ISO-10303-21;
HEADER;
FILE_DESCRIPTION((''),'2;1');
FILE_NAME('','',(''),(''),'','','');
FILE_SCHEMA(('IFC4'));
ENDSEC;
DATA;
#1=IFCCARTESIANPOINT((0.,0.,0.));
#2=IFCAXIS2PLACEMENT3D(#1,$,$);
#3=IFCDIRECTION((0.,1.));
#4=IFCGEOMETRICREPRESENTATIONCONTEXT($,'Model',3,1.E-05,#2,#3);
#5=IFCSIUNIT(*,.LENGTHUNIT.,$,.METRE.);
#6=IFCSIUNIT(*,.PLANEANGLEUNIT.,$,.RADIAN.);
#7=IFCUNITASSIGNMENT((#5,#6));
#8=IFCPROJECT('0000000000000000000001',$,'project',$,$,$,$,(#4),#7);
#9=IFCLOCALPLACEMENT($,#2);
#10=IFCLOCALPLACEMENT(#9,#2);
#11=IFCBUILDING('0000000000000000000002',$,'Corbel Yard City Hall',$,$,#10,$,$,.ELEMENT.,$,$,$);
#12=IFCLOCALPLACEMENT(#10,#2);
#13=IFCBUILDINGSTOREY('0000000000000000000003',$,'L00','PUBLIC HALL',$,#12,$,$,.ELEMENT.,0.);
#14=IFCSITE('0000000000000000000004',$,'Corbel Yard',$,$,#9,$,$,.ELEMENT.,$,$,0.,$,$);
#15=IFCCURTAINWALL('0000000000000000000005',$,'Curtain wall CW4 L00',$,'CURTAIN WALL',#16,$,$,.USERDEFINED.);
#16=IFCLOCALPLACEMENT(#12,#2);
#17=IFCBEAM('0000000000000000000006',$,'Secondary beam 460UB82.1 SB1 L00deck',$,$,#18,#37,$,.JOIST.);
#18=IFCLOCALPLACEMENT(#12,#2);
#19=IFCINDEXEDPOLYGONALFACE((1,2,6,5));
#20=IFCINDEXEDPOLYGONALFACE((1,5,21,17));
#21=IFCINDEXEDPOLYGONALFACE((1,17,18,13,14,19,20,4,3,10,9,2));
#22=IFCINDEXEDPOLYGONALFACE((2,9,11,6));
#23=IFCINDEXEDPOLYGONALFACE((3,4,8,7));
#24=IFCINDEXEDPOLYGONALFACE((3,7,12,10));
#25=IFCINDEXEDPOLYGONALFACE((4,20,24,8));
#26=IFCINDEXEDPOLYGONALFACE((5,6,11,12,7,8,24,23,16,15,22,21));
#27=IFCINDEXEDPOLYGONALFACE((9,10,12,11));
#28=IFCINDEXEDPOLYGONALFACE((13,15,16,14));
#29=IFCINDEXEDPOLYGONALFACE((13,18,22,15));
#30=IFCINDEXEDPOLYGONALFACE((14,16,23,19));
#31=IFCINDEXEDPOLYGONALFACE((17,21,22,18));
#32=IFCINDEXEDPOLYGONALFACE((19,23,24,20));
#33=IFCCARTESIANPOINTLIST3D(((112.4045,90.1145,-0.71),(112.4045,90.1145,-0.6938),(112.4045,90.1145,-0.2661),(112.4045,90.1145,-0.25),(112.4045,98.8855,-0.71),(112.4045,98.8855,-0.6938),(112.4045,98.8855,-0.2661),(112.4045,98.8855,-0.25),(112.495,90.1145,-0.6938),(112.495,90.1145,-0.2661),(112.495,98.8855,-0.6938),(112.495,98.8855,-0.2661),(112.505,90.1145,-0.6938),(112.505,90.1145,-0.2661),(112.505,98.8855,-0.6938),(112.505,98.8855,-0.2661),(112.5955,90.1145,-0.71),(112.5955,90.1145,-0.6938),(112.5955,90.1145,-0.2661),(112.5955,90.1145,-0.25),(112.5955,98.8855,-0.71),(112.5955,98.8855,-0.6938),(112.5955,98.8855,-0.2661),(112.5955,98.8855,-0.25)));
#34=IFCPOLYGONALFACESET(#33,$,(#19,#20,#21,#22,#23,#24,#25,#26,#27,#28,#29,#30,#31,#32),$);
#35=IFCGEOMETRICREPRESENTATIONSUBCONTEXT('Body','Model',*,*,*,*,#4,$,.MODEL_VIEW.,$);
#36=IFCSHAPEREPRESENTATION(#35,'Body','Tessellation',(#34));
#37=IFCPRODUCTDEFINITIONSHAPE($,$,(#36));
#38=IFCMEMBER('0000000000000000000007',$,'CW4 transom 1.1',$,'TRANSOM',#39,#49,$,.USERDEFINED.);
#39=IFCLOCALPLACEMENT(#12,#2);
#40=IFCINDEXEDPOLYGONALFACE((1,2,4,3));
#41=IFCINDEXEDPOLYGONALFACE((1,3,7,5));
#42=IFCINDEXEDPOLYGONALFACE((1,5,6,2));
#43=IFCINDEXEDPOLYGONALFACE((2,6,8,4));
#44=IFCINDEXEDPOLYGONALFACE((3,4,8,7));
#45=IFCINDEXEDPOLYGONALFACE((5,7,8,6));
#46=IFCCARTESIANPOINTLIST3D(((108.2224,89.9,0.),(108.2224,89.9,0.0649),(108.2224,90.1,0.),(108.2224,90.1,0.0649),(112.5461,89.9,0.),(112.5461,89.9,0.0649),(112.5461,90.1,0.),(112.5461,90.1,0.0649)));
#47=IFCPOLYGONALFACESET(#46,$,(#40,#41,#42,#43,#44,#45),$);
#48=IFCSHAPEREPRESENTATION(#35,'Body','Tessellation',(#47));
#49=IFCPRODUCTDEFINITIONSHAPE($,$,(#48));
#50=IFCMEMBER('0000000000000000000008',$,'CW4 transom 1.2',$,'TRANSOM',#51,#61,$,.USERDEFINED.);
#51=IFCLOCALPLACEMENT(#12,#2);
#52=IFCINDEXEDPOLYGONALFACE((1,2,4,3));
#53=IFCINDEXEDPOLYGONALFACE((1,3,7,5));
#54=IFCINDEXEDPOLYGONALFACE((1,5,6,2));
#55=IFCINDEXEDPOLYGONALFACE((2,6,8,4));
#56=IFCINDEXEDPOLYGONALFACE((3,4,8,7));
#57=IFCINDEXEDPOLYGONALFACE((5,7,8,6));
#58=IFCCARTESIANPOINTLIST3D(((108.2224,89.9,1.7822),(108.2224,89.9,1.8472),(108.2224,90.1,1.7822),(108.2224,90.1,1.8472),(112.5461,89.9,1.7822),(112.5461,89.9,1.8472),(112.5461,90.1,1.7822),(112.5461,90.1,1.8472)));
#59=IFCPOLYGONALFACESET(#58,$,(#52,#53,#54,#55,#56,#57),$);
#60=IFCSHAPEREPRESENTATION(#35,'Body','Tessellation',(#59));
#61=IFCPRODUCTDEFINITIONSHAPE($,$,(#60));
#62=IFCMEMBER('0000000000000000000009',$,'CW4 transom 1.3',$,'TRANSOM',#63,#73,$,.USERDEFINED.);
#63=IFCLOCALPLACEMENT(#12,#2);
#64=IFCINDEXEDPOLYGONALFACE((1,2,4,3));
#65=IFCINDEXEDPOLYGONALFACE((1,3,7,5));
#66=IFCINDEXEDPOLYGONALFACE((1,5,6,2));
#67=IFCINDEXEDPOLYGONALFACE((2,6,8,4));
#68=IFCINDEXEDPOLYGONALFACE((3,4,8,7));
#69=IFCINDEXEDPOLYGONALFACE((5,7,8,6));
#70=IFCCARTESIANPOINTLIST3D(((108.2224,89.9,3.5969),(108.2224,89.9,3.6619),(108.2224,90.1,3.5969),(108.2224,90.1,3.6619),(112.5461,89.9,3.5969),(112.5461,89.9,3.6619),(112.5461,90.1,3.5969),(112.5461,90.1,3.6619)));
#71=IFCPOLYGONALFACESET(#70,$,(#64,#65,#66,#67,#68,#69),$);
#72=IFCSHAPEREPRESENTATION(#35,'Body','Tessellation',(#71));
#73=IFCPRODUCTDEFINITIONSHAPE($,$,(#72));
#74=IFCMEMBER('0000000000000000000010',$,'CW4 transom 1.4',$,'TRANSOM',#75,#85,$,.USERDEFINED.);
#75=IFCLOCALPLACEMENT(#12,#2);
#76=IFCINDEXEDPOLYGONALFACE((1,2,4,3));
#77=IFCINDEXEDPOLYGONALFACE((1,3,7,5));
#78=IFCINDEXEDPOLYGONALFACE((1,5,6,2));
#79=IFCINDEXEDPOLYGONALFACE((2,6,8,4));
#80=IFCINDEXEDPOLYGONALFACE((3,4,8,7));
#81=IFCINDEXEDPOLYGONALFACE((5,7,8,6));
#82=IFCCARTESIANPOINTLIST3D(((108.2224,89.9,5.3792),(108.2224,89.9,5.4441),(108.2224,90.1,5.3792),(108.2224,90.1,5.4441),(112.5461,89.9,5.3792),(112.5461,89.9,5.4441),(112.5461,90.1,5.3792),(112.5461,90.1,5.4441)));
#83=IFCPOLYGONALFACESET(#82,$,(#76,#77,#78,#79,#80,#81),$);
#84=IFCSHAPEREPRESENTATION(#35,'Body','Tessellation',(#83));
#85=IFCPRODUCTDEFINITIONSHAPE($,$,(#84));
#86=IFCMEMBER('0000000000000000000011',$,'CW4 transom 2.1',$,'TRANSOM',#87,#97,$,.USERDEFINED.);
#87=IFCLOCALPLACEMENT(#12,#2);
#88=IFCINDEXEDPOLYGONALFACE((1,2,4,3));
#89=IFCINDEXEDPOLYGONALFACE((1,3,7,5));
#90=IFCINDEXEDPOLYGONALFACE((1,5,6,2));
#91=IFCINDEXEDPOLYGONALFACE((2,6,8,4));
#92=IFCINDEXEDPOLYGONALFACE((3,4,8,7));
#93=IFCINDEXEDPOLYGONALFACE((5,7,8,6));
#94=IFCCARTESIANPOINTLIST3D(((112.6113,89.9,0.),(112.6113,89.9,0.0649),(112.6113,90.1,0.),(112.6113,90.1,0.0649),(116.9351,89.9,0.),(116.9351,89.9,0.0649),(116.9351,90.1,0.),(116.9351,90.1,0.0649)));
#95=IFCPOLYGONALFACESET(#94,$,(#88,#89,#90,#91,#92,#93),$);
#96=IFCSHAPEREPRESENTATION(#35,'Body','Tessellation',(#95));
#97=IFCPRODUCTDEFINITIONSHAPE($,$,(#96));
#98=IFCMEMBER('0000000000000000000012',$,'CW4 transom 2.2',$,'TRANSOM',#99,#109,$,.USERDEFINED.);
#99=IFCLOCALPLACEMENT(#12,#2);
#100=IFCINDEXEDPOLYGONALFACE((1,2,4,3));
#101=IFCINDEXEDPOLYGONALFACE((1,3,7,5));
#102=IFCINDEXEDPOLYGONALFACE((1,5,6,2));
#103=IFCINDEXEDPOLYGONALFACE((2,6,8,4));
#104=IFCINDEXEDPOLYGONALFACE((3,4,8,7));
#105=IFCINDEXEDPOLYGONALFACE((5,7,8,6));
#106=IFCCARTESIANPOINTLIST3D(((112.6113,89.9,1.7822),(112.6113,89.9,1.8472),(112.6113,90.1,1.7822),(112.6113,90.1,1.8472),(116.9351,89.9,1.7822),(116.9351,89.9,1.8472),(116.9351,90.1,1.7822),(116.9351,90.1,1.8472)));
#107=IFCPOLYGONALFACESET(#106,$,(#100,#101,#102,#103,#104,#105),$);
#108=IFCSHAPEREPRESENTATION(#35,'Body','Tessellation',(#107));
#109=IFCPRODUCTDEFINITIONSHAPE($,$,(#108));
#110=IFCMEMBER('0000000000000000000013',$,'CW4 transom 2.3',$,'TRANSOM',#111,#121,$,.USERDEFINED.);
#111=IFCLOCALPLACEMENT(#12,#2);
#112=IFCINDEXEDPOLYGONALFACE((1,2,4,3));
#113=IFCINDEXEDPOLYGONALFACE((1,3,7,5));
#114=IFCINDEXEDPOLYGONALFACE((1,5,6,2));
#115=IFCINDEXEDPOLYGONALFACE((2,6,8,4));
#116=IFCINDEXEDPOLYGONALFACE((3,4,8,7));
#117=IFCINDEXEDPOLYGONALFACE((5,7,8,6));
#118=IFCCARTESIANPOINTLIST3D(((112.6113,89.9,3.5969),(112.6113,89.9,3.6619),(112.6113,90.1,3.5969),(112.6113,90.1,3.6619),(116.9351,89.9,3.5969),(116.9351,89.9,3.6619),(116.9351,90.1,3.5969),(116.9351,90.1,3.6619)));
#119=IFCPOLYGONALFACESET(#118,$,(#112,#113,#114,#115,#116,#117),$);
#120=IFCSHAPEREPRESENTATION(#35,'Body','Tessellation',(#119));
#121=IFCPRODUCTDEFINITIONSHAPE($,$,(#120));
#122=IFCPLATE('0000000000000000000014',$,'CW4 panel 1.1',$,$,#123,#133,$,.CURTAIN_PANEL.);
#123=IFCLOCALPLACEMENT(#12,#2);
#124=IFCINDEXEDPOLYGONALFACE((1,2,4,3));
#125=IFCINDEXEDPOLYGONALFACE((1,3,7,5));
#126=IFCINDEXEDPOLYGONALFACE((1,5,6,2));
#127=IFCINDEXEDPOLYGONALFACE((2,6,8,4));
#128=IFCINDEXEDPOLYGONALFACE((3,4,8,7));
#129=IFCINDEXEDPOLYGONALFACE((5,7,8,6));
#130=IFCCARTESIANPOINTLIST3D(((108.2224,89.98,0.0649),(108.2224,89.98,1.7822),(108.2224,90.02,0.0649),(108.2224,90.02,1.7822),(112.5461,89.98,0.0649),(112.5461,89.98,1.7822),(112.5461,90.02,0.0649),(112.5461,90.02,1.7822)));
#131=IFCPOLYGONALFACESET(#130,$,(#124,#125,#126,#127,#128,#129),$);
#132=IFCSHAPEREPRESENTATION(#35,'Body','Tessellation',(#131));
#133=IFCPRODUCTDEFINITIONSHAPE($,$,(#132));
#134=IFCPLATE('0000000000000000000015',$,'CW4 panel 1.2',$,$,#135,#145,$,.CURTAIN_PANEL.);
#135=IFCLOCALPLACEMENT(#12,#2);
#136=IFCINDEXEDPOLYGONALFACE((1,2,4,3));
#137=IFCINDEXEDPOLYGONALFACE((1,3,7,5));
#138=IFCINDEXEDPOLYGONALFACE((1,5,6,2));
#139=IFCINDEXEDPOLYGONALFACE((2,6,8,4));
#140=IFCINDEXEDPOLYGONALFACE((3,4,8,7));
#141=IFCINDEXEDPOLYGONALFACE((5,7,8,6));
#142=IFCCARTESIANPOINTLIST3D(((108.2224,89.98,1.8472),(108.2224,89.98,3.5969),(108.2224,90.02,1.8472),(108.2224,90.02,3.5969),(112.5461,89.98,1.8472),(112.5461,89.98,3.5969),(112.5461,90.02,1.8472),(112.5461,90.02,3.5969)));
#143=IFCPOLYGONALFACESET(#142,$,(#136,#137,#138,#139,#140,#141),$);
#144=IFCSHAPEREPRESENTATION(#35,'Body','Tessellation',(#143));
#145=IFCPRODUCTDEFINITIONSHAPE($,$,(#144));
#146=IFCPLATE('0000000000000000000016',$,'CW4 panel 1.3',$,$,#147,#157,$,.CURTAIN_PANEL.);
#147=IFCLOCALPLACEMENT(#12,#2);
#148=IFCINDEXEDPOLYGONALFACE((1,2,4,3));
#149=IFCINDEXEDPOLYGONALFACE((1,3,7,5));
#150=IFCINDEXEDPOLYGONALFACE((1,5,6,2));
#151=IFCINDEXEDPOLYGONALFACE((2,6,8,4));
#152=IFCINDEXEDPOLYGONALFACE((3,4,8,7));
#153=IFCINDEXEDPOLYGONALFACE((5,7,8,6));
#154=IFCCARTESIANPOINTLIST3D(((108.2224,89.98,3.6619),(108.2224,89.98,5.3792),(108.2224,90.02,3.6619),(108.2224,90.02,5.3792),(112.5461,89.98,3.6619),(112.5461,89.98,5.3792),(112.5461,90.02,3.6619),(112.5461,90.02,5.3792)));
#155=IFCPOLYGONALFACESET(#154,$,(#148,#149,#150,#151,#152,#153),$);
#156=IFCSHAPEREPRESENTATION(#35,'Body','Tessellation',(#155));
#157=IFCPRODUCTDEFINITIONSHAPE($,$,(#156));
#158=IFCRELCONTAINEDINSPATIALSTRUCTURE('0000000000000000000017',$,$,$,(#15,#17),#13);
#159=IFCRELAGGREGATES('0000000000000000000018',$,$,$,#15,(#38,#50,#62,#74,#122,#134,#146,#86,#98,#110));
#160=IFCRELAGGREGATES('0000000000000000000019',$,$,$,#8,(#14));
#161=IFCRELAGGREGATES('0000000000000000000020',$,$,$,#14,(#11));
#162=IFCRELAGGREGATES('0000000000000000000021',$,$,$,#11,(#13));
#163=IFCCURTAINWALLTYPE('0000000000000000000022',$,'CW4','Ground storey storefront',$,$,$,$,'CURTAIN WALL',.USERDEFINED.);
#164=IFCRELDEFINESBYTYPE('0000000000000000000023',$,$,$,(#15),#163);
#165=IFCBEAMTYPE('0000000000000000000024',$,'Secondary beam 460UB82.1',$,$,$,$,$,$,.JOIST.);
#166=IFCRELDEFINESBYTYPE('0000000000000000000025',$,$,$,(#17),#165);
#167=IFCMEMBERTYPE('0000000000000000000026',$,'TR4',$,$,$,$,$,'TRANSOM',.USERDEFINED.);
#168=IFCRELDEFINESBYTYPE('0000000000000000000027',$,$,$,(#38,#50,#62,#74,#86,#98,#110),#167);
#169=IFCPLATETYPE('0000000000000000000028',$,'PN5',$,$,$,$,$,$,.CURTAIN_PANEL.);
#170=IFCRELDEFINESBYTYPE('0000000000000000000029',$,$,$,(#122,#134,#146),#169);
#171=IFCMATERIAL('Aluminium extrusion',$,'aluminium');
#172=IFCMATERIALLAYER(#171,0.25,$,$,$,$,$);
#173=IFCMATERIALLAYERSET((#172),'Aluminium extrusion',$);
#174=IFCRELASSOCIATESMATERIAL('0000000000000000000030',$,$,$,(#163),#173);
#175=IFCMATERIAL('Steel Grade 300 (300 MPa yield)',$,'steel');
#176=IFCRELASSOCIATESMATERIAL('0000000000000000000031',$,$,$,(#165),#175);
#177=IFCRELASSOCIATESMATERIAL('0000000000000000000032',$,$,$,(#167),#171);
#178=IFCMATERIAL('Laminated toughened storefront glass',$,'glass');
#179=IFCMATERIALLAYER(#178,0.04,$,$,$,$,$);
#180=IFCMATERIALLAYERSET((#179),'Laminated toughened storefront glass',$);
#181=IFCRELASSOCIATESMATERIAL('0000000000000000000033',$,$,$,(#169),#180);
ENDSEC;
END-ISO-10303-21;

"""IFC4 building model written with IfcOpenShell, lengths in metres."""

from ifc_helpers import new_model, si_unit, direction, frame, origin, origin_2d, place, context, subcontext, project, spatial, rectangle, i_section, extrude, material, layer, layer_set, material_profile, profile_set, type_object, element, aggregate, save


model = new_model("IFC4")

# Units and contexts
model_context = context("Model", 3, precision=1e-05, world=origin(), true_north=direction((0.0, 1.0)))
body_context = subcontext(model_context, "Body", "Model", "MODEL_VIEW")
ifc_project = project(units=[si_unit("LENGTHUNIT", "METRE"), si_unit("PLANEANGLEUNIT", "RADIAN")], contexts=[model_context])

# Site, building, storey
site_placement = place(None, origin())
site = spatial("IfcSite", under=ifc_project, at=site_placement, Name="Corbel Yard", CompositionType="ELEMENT", RefElevation=0.0)
building_placement = place(site_placement, origin())
building = spatial("IfcBuilding", under=site, at=building_placement, Name="Corbel Yard City Hall", CompositionType="ELEMENT")
storey_placement = place(building_placement, origin())
storey = spatial("IfcBuildingStorey", under=building, at=storey_placement, Name="L00", Description="PUBLIC HALL", CompositionType="ELEMENT", Elevation=0.0)

# Shared definitions
ifc_material_1 = material(Name="Steel Grade 300 (300 MPa yield)", Category="steel")

# Shared definitions
ifc_material_2 = material(Name="Aluminium extrusion", Category="aluminium")
ifc_layer_1 = layer(ifc_material_2, 0.25)
ifc_layer_set_1 = layer_set([ifc_layer_1], Name="Aluminium extrusion")
curtain_wall_type = type_object("IfcCurtainWallType", Name="CW4", Description="Ground storey storefront", ElementType="CURTAIN WALL", PredefinedType="USERDEFINED", material=ifc_layer_set_1)

# Curtain wall
curtain_wall_1_placement = place(storey_placement, origin())
curtain_wall_1 = element("IfcCurtainWall", 1, at=curtain_wall_1_placement, inside=storey, type_object=curtain_wall_type, Name="Curtain wall CW4 L00", ObjectType="CURTAIN WALL", PredefinedType="USERDEFINED")

# Beam
ifc_material_profile_1 = material_profile(ifc_material_1, i_section(OverallWidth=0.1909, OverallDepth=0.46, WebThickness=0.01, FlangeThickness=0.0161, at=origin_2d()), Name="460UB82.1")
ifc_profile_set_1 = profile_set([ifc_material_profile_1], Name="Steel Grade 300 (300 MPa yield)")
beam_type_1 = type_object("IfcBeamType", Name="Secondary beam 460UB82.1", PredefinedType="JOIST", material=ifc_profile_set_1)
for number, where, z_axis, x_axis, name in (
    (2, (112.5, 90.1145, -0.48), (0.0, 1.0, 0.0), (-1.0, 0.0, 0.0), "Secondary beam 460UB82.1 SB1 L00deck"),
):
    element("IfcBeam", number, at=place(storey_placement, frame(where, z_axis=z_axis, x_axis=x_axis)), inside=storey, type_object=beam_type_1, Name=name, PredefinedType="JOIST", context=body_context, shape_type="SweptSolid", body=[
        extrude(i_section(OverallWidth=0.1909, OverallDepth=0.46, WebThickness=0.01, FlangeThickness=0.0161, at=origin_2d()), origin(), (0.0, 0.0, 1.0), 8.771),
    ])

# Members
ifc_material_profile_2 = material_profile(ifc_material_2, rectangle(XDim=0.2, YDim=0.0649, at=origin_2d()), Name="200x65")
ifc_profile_set_2 = profile_set([ifc_material_profile_2], Name="Aluminium extrusion")
member_type_1 = type_object("IfcMemberType", Name="TR4", ElementType="TRANSOM", PredefinedType="USERDEFINED", material=ifc_profile_set_2)
member_1_placement = place(storey_placement, frame((108.2224, 90.0, 0.0325), z_axis=(1.0, 0.0, 0.0), x_axis=(0.0, 1.0, 0.0)))
member_1 = element("IfcMember", 3, at=member_1_placement, type_object=member_type_1, Name="CW4 transom 1.1", ObjectType="TRANSOM", PredefinedType="USERDEFINED", context=body_context, shape_type="SweptSolid", body=[
    extrude(rectangle(XDim=0.2, YDim=0.0649, at=origin_2d()), origin(), (0.0, 0.0, 1.0), 4.3237),
])
member_2_placement = place(storey_placement, frame((108.2224, 90.0, 1.8147), z_axis=(1.0, 0.0, 0.0), x_axis=(0.0, 1.0, 0.0)))
member_2 = element("IfcMember", 4, at=member_2_placement, type_object=member_type_1, Name="CW4 transom 1.2", ObjectType="TRANSOM", PredefinedType="USERDEFINED", context=body_context, shape_type="SweptSolid", body=[
    extrude(rectangle(XDim=0.2, YDim=0.0649, at=origin_2d()), origin(), (0.0, 0.0, 1.0), 4.3237),
])
member_3_placement = place(storey_placement, frame((108.2224, 90.0, 3.6294), z_axis=(1.0, 0.0, 0.0), x_axis=(0.0, 1.0, 0.0)))
member_3 = element("IfcMember", 5, at=member_3_placement, type_object=member_type_1, Name="CW4 transom 1.3", ObjectType="TRANSOM", PredefinedType="USERDEFINED", context=body_context, shape_type="SweptSolid", body=[
    extrude(rectangle(XDim=0.2, YDim=0.0649, at=origin_2d()), origin(), (0.0, 0.0, 1.0), 4.3237),
])
member_4_placement = place(storey_placement, frame((108.2224, 90.0, 5.4116), z_axis=(1.0, 0.0, 0.0), x_axis=(0.0, 1.0, 0.0)))
member_4 = element("IfcMember", 6, at=member_4_placement, type_object=member_type_1, Name="CW4 transom 1.4", ObjectType="TRANSOM", PredefinedType="USERDEFINED", context=body_context, shape_type="SweptSolid", body=[
    extrude(rectangle(XDim=0.2, YDim=0.0649, at=origin_2d()), origin(), (0.0, 0.0, 1.0), 4.3237),
])
member_5_placement = place(storey_placement, frame((112.6113, 90.0, 0.0325), z_axis=(1.0, 0.0, 0.0), x_axis=(0.0, 1.0, 0.0)))
member_5 = element("IfcMember", 7, at=member_5_placement, type_object=member_type_1, Name="CW4 transom 2.1", ObjectType="TRANSOM", PredefinedType="USERDEFINED", context=body_context, shape_type="SweptSolid", body=[
    extrude(rectangle(XDim=0.2, YDim=0.0649, at=origin_2d()), origin(), (0.0, 0.0, 1.0), 4.3237),
])
member_6_placement = place(storey_placement, frame((112.6113, 90.0, 1.8147), z_axis=(1.0, 0.0, 0.0), x_axis=(0.0, 1.0, 0.0)))
member_6 = element("IfcMember", 8, at=member_6_placement, type_object=member_type_1, Name="CW4 transom 2.2", ObjectType="TRANSOM", PredefinedType="USERDEFINED", context=body_context, shape_type="SweptSolid", body=[
    extrude(rectangle(XDim=0.2, YDim=0.0649, at=origin_2d()), origin(), (0.0, 0.0, 1.0), 4.3237),
])
member_7_placement = place(storey_placement, frame((112.6113, 90.0, 3.6294), z_axis=(1.0, 0.0, 0.0), x_axis=(0.0, 1.0, 0.0)))
member_7 = element("IfcMember", 9, at=member_7_placement, type_object=member_type_1, Name="CW4 transom 2.3", ObjectType="TRANSOM", PredefinedType="USERDEFINED", context=body_context, shape_type="SweptSolid", body=[
    extrude(rectangle(XDim=0.2, YDim=0.0649, at=origin_2d()), origin(), (0.0, 0.0, 1.0), 4.3237),
])

# Plates
ifc_material_3 = material(Name="Laminated toughened storefront glass", Category="glass")
ifc_layer_2 = layer(ifc_material_3, 0.04)
ifc_layer_set_2 = layer_set([ifc_layer_2], Name="Laminated toughened storefront glass")
plate_type = type_object("IfcPlateType", Name="PN5", PredefinedType="CURTAIN_PANEL", material=ifc_layer_set_2)
plate_1_placement = place(storey_placement, frame((110.3843, 90.0, 0.0649), z_axis=(0.0, 0.0, 1.0), x_axis=(1.0, 0.0, 0.0)))
plate_1 = element("IfcPlate", 10, at=plate_1_placement, type_object=plate_type, Name="CW4 panel 1.1", PredefinedType="CURTAIN_PANEL", context=body_context, shape_type="SweptSolid", body=[
    extrude(rectangle(XDim=4.3237, YDim=0.04, at=origin_2d()), origin(), (0.0, 0.0, 1.0), 1.7173),
])
plate_2_placement = place(storey_placement, frame((110.3843, 90.0, 1.8472), z_axis=(0.0, 0.0, 1.0), x_axis=(1.0, 0.0, 0.0)))
plate_2 = element("IfcPlate", 11, at=plate_2_placement, type_object=plate_type, Name="CW4 panel 1.2", PredefinedType="CURTAIN_PANEL", context=body_context, shape_type="SweptSolid", body=[
    extrude(rectangle(XDim=4.3237, YDim=0.04, at=origin_2d()), origin(), (0.0, 0.0, 1.0), 1.7498),
])
plate_3_placement = place(storey_placement, frame((110.3843, 90.0, 3.6619), z_axis=(0.0, 0.0, 1.0), x_axis=(1.0, 0.0, 0.0)))
plate_3 = element("IfcPlate", 12, at=plate_3_placement, type_object=plate_type, Name="CW4 panel 1.3", PredefinedType="CURTAIN_PANEL", context=body_context, shape_type="SweptSolid", body=[
    extrude(rectangle(XDim=4.3237, YDim=0.04, at=origin_2d()), origin(), (0.0, 0.0, 1.0), 1.7173),
])
aggregate(curtain_wall_1, [member_1, member_2, member_3, member_4, plate_1, plate_2, plate_3, member_5, member_6, member_7])

save(model, "model.ifc")
